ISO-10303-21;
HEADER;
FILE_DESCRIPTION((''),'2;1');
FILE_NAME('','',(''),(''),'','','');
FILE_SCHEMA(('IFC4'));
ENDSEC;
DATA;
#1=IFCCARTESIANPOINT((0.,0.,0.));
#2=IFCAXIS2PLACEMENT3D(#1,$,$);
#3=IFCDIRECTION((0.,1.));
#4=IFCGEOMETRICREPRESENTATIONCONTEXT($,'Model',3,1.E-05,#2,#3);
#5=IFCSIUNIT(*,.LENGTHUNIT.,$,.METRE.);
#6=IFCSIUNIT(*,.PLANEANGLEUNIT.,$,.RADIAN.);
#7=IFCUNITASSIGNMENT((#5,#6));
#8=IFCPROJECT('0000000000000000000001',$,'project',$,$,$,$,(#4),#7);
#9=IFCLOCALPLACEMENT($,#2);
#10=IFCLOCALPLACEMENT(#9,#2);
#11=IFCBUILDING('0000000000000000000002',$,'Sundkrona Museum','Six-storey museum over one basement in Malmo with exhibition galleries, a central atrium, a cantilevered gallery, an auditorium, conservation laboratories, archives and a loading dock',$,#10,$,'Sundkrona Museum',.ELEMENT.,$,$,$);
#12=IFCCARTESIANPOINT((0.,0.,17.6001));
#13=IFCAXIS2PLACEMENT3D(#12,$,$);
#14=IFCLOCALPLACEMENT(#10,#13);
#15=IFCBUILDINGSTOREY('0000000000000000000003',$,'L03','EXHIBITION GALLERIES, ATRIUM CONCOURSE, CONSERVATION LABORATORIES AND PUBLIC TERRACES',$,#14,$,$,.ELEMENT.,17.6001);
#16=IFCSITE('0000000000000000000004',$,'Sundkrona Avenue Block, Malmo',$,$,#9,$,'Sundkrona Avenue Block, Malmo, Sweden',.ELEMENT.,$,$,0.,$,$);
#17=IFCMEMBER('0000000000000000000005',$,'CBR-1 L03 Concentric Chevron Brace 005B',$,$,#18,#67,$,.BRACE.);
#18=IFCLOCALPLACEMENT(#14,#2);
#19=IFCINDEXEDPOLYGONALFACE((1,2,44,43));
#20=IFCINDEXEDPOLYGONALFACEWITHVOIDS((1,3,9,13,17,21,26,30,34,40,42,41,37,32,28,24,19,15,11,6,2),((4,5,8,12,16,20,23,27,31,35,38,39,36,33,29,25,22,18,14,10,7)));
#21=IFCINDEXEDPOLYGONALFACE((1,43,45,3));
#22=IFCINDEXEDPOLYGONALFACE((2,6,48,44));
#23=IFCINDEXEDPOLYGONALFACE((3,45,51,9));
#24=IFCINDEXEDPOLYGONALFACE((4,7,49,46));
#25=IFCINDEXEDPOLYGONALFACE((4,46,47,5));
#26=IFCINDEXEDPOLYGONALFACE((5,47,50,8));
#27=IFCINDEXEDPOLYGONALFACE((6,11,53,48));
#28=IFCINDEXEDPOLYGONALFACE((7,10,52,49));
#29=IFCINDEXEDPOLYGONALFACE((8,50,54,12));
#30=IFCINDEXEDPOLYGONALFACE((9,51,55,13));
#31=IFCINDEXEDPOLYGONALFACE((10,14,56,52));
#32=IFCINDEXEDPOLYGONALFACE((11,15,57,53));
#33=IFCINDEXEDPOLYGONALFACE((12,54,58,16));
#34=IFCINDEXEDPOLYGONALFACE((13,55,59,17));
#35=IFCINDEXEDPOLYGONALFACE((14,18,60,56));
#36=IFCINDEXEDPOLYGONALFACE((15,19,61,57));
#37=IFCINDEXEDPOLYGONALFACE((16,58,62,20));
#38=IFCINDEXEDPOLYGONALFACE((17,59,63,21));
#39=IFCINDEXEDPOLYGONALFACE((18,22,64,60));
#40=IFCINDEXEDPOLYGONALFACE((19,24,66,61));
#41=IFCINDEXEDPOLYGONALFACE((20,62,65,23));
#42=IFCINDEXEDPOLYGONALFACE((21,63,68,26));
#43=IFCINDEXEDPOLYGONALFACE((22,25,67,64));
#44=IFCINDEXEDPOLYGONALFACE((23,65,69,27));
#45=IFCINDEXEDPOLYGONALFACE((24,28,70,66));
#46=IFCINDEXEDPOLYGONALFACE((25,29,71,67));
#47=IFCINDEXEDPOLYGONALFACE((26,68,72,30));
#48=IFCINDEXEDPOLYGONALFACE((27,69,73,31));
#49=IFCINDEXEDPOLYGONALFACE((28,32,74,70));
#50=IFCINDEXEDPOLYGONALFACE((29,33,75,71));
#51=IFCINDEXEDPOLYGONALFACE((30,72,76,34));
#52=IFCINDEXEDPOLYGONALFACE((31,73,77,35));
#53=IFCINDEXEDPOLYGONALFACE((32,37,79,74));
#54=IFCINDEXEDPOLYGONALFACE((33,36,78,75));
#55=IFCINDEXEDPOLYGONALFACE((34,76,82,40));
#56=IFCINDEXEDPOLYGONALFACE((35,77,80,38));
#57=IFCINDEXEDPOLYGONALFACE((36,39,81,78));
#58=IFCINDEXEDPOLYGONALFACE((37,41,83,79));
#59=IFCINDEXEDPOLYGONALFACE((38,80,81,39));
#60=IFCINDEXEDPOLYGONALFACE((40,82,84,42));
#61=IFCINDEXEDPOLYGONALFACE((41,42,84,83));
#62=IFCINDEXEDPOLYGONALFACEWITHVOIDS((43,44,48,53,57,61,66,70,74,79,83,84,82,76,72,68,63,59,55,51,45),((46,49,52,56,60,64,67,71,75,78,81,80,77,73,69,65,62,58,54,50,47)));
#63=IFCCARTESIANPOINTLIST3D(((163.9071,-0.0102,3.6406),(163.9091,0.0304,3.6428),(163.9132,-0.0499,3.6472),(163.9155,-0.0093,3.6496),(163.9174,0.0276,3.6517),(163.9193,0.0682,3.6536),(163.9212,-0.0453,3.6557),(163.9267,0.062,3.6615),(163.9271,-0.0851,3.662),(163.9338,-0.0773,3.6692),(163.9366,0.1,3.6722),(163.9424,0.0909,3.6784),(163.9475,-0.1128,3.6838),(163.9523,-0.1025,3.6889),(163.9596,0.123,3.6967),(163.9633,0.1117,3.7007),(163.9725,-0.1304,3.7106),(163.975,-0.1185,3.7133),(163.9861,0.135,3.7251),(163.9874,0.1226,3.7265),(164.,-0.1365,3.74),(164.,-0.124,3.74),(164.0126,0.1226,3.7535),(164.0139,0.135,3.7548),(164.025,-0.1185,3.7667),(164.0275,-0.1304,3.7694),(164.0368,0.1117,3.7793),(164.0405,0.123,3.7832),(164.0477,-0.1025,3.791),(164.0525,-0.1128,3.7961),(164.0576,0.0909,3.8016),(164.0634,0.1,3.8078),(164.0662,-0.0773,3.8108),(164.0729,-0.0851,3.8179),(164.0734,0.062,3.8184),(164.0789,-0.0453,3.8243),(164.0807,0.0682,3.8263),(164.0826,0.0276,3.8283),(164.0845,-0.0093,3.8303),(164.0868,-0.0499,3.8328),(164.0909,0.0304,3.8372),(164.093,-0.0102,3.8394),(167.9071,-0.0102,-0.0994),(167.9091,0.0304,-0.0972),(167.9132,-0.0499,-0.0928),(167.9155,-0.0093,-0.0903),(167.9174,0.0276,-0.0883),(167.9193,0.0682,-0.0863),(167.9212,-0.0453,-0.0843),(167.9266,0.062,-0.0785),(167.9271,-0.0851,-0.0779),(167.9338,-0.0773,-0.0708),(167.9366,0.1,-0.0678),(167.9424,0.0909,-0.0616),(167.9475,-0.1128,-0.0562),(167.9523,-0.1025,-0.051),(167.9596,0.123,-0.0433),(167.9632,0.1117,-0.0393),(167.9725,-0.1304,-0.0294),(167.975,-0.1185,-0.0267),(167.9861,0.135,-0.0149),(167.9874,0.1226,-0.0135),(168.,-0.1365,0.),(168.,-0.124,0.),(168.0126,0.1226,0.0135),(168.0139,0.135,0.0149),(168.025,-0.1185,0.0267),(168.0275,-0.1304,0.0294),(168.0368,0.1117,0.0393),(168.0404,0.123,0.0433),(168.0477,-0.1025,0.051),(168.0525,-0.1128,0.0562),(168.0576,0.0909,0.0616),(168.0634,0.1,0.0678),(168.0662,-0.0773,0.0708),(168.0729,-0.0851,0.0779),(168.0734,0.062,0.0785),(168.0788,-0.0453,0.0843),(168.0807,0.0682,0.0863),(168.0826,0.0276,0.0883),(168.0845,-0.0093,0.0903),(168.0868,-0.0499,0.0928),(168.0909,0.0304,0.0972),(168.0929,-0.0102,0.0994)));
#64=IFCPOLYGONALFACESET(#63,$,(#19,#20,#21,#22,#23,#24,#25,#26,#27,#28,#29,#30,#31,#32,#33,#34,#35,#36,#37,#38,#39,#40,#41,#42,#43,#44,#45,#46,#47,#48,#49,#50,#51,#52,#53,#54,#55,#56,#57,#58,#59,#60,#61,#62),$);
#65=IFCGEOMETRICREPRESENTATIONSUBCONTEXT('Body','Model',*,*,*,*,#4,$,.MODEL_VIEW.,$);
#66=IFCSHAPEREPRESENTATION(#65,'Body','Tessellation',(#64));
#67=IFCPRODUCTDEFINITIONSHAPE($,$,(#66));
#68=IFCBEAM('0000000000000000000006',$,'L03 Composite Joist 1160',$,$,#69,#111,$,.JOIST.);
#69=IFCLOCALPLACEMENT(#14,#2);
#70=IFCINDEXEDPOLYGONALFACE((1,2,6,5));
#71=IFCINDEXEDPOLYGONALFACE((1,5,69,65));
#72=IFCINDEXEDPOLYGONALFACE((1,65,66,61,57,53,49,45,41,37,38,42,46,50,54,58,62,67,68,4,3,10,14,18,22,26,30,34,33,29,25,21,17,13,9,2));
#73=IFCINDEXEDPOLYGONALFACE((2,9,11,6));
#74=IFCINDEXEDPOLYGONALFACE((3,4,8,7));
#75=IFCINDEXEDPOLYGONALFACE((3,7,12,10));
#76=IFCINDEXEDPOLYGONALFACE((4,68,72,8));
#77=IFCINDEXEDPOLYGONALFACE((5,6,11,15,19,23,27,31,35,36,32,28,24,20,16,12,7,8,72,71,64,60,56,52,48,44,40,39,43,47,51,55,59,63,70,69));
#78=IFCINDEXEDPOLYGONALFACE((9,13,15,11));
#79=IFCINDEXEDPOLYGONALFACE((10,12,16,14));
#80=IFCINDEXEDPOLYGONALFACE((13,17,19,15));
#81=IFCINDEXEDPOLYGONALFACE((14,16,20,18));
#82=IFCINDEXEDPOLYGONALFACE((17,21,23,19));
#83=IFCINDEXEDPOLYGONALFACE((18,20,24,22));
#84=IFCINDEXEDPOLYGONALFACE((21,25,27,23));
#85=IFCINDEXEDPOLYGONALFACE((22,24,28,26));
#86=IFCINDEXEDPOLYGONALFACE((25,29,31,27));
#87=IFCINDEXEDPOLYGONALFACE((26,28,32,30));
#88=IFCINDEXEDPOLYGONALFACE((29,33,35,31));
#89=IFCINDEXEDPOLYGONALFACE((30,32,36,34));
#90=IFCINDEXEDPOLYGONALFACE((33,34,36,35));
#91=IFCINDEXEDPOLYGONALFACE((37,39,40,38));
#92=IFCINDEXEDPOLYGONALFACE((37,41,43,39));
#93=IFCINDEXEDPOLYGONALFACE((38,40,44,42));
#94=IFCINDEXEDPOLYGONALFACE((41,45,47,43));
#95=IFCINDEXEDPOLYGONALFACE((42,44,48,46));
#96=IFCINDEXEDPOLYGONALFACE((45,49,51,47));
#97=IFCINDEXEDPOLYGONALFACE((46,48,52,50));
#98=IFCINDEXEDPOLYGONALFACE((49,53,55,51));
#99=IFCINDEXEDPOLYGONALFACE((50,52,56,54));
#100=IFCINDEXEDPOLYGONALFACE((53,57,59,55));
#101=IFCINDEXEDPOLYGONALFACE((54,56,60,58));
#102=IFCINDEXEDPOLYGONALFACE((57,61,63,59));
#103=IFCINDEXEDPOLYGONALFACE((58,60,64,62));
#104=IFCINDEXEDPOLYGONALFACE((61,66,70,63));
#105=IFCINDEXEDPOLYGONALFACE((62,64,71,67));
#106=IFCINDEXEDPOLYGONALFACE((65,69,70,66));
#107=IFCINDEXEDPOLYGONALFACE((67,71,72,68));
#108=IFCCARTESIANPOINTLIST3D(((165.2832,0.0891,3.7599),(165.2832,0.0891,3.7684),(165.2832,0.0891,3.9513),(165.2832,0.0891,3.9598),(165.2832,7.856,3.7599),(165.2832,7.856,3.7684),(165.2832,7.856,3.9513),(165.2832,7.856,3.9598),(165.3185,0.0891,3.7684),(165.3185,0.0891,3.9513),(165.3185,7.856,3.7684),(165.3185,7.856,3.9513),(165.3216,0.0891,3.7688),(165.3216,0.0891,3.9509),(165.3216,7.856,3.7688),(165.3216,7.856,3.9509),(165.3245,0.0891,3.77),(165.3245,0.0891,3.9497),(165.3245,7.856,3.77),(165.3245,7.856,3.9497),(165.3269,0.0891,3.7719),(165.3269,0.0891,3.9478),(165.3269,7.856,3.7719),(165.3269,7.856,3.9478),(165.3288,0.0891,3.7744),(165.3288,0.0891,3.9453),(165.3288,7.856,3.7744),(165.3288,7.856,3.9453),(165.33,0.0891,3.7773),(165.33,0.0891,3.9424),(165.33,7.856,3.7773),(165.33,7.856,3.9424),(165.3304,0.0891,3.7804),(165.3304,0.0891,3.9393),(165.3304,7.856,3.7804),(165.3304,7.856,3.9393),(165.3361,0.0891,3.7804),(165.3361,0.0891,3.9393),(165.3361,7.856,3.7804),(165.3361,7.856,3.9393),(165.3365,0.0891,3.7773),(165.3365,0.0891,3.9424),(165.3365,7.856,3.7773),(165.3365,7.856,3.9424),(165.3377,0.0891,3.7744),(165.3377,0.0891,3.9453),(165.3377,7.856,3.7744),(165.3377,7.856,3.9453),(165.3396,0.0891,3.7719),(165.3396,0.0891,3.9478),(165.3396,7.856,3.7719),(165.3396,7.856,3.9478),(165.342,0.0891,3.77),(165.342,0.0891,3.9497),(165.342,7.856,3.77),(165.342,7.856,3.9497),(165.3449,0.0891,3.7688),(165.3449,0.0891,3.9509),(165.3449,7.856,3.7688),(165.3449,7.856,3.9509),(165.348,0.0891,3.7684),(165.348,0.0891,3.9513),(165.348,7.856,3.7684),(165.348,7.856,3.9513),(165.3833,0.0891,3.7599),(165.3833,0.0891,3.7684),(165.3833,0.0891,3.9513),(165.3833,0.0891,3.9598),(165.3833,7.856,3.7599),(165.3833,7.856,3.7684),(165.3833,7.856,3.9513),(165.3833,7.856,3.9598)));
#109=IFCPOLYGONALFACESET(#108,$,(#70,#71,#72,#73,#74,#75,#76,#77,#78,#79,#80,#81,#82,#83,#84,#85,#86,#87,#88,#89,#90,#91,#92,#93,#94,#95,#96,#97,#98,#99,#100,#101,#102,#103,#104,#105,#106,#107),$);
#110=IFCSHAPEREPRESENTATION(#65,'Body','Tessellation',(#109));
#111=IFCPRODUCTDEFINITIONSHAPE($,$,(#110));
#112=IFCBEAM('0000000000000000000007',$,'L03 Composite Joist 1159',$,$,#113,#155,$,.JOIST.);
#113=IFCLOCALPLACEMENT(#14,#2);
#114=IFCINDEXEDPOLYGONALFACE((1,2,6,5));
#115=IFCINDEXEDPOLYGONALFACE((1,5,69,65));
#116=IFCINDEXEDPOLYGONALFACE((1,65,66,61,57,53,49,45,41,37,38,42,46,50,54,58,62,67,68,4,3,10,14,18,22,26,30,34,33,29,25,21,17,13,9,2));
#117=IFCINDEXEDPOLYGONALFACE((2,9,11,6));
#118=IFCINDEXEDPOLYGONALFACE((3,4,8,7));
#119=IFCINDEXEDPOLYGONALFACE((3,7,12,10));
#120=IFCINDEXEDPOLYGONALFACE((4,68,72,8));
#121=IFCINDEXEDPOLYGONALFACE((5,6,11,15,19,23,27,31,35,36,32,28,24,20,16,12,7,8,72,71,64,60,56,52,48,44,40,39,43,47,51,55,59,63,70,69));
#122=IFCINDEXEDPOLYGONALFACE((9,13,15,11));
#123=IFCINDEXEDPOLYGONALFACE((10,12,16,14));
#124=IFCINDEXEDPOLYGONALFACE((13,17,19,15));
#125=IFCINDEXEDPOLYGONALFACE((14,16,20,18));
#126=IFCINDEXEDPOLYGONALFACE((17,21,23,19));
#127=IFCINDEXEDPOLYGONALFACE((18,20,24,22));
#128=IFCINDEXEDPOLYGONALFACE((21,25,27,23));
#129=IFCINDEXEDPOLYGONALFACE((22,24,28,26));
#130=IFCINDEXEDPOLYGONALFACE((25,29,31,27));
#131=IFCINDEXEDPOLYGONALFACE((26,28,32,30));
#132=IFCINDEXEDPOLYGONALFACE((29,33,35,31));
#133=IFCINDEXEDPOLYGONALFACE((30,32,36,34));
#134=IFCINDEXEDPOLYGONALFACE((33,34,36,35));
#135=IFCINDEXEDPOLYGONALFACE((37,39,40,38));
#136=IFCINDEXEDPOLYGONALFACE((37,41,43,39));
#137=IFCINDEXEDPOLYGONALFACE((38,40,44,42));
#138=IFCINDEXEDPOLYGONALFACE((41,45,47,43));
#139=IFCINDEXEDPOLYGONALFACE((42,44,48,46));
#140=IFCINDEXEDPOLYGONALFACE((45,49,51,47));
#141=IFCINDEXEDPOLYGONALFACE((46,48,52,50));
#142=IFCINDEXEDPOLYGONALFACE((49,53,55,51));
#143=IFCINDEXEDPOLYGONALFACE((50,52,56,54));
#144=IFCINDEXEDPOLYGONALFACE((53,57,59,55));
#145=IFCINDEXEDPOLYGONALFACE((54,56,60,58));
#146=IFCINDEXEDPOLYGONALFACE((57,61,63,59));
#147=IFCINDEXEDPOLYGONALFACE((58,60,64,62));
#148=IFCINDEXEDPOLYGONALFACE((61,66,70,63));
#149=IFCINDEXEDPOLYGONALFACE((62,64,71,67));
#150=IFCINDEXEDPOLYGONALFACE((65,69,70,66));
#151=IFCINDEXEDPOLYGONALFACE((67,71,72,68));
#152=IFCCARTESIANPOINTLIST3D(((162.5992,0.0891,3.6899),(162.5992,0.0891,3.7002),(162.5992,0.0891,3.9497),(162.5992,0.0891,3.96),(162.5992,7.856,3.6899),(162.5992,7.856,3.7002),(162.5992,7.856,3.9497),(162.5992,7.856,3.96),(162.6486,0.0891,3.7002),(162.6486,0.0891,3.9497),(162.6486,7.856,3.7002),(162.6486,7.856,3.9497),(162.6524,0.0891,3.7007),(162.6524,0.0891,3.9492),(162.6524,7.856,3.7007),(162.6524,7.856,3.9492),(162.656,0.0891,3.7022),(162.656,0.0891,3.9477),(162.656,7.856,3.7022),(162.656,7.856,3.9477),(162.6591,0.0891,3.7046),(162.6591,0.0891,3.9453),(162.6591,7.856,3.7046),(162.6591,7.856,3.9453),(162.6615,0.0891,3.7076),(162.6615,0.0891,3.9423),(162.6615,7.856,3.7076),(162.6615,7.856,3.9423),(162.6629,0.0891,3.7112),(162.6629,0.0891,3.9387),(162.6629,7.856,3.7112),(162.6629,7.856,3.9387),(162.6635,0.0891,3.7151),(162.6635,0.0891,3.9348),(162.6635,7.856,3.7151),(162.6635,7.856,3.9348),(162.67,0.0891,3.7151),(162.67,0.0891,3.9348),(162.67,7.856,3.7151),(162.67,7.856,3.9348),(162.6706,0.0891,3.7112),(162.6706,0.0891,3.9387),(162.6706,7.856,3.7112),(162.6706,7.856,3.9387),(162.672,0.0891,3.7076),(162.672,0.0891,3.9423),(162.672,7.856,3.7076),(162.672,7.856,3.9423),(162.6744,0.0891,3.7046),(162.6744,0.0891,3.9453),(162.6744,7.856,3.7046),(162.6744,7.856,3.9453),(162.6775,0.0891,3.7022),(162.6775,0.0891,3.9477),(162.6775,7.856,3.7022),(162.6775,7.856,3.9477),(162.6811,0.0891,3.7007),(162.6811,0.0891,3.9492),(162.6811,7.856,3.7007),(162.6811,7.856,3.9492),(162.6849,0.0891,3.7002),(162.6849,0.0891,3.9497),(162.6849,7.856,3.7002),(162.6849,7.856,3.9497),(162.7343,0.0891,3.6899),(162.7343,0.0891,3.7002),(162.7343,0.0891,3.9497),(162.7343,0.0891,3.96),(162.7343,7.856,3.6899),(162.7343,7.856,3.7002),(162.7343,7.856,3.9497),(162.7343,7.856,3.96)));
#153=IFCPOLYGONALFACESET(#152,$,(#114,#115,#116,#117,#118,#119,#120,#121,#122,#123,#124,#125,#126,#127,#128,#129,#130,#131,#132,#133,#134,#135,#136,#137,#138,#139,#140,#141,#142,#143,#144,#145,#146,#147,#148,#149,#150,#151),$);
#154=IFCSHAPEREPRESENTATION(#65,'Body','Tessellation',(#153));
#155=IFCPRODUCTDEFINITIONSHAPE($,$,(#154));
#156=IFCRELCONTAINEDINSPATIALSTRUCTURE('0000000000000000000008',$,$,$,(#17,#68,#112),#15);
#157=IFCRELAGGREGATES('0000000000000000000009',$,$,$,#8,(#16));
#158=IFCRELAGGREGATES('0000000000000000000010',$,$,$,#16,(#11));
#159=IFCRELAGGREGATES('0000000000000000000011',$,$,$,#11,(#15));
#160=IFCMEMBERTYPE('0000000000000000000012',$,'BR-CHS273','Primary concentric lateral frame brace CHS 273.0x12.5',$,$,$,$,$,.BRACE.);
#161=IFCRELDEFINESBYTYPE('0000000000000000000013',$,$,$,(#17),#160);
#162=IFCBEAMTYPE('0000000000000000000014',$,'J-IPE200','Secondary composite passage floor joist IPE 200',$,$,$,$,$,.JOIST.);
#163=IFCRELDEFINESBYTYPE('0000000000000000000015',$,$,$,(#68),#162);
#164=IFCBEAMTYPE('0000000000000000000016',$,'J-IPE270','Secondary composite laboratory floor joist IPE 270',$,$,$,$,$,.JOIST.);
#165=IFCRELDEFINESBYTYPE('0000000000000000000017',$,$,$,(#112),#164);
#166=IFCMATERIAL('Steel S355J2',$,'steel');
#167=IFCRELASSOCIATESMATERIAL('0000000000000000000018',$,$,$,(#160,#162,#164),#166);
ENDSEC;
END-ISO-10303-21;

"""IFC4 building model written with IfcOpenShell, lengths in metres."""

from ifc_helpers import new_model, si_unit, direction, frame, origin, origin_2d, place, context, subcontext, project, spatial, hollow_circle, i_section, extrude, material, material_profile, profile_set, type_object, element, save


model = new_model("IFC4")

# Units and contexts
model_context = context("Model", 3, precision=1e-05, world=origin(), true_north=direction((0.0, 1.0)))
body_context = subcontext(model_context, "Body", "Model", "MODEL_VIEW")
ifc_project = project(units=[si_unit("LENGTHUNIT", "METRE"), si_unit("PLANEANGLEUNIT", "RADIAN")], contexts=[model_context])

# Site, building, storey
site_placement = place(None, origin())
site = spatial("IfcSite", under=ifc_project, at=site_placement, Name="Sundkrona Avenue Block, Malmo", LongName="Sundkrona Avenue Block, Malmo, Sweden", CompositionType="ELEMENT", RefElevation=0.0)
building_placement = place(site_placement, origin())
building = spatial("IfcBuilding", under=site, at=building_placement, Name="Sundkrona Museum", Description="Six-storey museum over one basement in Malmo with exhibition galleries, a central atrium, a cantilevered gallery, an auditorium, conservation laboratories, archives and a loading dock", LongName="Sundkrona Museum", CompositionType="ELEMENT")
storey_placement = place(building_placement, frame((0.0, 0.0, 17.6001)))
storey = spatial("IfcBuildingStorey", under=building, at=storey_placement, Name="L03", Description="EXHIBITION GALLERIES, ATRIUM CONCOURSE, CONSERVATION LABORATORIES AND PUBLIC TERRACES", CompositionType="ELEMENT", Elevation=17.6001)

# Shared definitions
ifc_material_1 = material(Name="Steel S355J2", Category="steel")

# Member
ifc_material_profile_1 = material_profile(ifc_material_1, hollow_circle(Radius=0.1365, WallThickness=0.0125, at=origin_2d()), Name="CHS 273.0x12.5")
ifc_profile_set_1 = profile_set([ifc_material_profile_1], Name="Steel S355J2")
member_type = type_object("IfcMemberType", Name="BR-CHS273", Description="Primary concentric lateral frame brace CHS 273.0x12.5", PredefinedType="BRACE", material=ifc_profile_set_1)
for number, where, z_axis, x_axis, name in (
    (1, (168.0, 0.0, 0.0), (-0.730449, 0.0, 0.682968), (0.0, -1.0, 0.0), "CBR-1 L03 Concentric Chevron Brace 005B"),
):
    element("IfcMember", number, at=place(storey_placement, frame(where, z_axis=z_axis, x_axis=x_axis)), inside=storey, type_object=member_type, Name=name, PredefinedType="BRACE", context=body_context, shape_type="SweptSolid", body=[
        extrude(hollow_circle(Radius=0.1365, WallThickness=0.0125, at=origin_2d()), origin(), (0.0, 0.0, 1.0), 5.4761),
    ])

# Beams
ifc_material_profile_2 = material_profile(ifc_material_1, i_section(OverallWidth=0.1001, OverallDepth=0.2, WebThickness=0.0056, FlangeThickness=0.0085, FilletRadius=0.012, at=origin_2d()), Name="IPE 200")
ifc_profile_set_2 = profile_set([ifc_material_profile_2], Name="Steel S355J2")
beam_type_1 = type_object("IfcBeamType", Name="J-IPE200", Description="Secondary composite passage floor joist IPE 200", PredefinedType="JOIST", material=ifc_profile_set_2)
beam_1_placement = place(storey_placement, frame((165.3333, 0.0891, 3.8599), z_axis=(0.0, 1.0, 0.0), x_axis=(-1.0, 0.0, 0.0)))
element("IfcBeam", 2, at=beam_1_placement, inside=storey, type_object=beam_type_1, Name="L03 Composite Joist 1160", PredefinedType="JOIST", context=body_context, shape_type="SweptSolid", body=[
    extrude(i_section(OverallWidth=0.1001, OverallDepth=0.2, WebThickness=0.0056, FlangeThickness=0.0085, FilletRadius=0.012, at=origin_2d()), origin(), (0.0, 0.0, 1.0), 7.7668),
])
ifc_material_profile_3 = material_profile(ifc_material_1, i_section(OverallWidth=0.135, OverallDepth=0.27, WebThickness=0.0066, FlangeThickness=0.0103, FilletRadius=0.0149, at=origin_2d()), Name="IPE 270")
ifc_profile_set_3 = profile_set([ifc_material_profile_3], Name="Steel S355J2")
beam_type_2 = type_object("IfcBeamType", Name="J-IPE270", Description="Secondary composite laboratory floor joist IPE 270", PredefinedType="JOIST", material=ifc_profile_set_3)
beam_2_placement = place(storey_placement, frame((162.6667, 0.0891, 3.825), z_axis=(0.0, 1.0, 0.0), x_axis=(-1.0, 0.0, 0.0)))
element("IfcBeam", 3, at=beam_2_placement, inside=storey, type_object=beam_type_2, Name="L03 Composite Joist 1159", PredefinedType="JOIST", context=body_context, shape_type="SweptSolid", body=[
    extrude(i_section(OverallWidth=0.135, OverallDepth=0.27, WebThickness=0.0066, FlangeThickness=0.0103, FilletRadius=0.0149, at=origin_2d()), origin(), (0.0, 0.0, 1.0), 7.7668),
])

save(model, "model.ifc")
